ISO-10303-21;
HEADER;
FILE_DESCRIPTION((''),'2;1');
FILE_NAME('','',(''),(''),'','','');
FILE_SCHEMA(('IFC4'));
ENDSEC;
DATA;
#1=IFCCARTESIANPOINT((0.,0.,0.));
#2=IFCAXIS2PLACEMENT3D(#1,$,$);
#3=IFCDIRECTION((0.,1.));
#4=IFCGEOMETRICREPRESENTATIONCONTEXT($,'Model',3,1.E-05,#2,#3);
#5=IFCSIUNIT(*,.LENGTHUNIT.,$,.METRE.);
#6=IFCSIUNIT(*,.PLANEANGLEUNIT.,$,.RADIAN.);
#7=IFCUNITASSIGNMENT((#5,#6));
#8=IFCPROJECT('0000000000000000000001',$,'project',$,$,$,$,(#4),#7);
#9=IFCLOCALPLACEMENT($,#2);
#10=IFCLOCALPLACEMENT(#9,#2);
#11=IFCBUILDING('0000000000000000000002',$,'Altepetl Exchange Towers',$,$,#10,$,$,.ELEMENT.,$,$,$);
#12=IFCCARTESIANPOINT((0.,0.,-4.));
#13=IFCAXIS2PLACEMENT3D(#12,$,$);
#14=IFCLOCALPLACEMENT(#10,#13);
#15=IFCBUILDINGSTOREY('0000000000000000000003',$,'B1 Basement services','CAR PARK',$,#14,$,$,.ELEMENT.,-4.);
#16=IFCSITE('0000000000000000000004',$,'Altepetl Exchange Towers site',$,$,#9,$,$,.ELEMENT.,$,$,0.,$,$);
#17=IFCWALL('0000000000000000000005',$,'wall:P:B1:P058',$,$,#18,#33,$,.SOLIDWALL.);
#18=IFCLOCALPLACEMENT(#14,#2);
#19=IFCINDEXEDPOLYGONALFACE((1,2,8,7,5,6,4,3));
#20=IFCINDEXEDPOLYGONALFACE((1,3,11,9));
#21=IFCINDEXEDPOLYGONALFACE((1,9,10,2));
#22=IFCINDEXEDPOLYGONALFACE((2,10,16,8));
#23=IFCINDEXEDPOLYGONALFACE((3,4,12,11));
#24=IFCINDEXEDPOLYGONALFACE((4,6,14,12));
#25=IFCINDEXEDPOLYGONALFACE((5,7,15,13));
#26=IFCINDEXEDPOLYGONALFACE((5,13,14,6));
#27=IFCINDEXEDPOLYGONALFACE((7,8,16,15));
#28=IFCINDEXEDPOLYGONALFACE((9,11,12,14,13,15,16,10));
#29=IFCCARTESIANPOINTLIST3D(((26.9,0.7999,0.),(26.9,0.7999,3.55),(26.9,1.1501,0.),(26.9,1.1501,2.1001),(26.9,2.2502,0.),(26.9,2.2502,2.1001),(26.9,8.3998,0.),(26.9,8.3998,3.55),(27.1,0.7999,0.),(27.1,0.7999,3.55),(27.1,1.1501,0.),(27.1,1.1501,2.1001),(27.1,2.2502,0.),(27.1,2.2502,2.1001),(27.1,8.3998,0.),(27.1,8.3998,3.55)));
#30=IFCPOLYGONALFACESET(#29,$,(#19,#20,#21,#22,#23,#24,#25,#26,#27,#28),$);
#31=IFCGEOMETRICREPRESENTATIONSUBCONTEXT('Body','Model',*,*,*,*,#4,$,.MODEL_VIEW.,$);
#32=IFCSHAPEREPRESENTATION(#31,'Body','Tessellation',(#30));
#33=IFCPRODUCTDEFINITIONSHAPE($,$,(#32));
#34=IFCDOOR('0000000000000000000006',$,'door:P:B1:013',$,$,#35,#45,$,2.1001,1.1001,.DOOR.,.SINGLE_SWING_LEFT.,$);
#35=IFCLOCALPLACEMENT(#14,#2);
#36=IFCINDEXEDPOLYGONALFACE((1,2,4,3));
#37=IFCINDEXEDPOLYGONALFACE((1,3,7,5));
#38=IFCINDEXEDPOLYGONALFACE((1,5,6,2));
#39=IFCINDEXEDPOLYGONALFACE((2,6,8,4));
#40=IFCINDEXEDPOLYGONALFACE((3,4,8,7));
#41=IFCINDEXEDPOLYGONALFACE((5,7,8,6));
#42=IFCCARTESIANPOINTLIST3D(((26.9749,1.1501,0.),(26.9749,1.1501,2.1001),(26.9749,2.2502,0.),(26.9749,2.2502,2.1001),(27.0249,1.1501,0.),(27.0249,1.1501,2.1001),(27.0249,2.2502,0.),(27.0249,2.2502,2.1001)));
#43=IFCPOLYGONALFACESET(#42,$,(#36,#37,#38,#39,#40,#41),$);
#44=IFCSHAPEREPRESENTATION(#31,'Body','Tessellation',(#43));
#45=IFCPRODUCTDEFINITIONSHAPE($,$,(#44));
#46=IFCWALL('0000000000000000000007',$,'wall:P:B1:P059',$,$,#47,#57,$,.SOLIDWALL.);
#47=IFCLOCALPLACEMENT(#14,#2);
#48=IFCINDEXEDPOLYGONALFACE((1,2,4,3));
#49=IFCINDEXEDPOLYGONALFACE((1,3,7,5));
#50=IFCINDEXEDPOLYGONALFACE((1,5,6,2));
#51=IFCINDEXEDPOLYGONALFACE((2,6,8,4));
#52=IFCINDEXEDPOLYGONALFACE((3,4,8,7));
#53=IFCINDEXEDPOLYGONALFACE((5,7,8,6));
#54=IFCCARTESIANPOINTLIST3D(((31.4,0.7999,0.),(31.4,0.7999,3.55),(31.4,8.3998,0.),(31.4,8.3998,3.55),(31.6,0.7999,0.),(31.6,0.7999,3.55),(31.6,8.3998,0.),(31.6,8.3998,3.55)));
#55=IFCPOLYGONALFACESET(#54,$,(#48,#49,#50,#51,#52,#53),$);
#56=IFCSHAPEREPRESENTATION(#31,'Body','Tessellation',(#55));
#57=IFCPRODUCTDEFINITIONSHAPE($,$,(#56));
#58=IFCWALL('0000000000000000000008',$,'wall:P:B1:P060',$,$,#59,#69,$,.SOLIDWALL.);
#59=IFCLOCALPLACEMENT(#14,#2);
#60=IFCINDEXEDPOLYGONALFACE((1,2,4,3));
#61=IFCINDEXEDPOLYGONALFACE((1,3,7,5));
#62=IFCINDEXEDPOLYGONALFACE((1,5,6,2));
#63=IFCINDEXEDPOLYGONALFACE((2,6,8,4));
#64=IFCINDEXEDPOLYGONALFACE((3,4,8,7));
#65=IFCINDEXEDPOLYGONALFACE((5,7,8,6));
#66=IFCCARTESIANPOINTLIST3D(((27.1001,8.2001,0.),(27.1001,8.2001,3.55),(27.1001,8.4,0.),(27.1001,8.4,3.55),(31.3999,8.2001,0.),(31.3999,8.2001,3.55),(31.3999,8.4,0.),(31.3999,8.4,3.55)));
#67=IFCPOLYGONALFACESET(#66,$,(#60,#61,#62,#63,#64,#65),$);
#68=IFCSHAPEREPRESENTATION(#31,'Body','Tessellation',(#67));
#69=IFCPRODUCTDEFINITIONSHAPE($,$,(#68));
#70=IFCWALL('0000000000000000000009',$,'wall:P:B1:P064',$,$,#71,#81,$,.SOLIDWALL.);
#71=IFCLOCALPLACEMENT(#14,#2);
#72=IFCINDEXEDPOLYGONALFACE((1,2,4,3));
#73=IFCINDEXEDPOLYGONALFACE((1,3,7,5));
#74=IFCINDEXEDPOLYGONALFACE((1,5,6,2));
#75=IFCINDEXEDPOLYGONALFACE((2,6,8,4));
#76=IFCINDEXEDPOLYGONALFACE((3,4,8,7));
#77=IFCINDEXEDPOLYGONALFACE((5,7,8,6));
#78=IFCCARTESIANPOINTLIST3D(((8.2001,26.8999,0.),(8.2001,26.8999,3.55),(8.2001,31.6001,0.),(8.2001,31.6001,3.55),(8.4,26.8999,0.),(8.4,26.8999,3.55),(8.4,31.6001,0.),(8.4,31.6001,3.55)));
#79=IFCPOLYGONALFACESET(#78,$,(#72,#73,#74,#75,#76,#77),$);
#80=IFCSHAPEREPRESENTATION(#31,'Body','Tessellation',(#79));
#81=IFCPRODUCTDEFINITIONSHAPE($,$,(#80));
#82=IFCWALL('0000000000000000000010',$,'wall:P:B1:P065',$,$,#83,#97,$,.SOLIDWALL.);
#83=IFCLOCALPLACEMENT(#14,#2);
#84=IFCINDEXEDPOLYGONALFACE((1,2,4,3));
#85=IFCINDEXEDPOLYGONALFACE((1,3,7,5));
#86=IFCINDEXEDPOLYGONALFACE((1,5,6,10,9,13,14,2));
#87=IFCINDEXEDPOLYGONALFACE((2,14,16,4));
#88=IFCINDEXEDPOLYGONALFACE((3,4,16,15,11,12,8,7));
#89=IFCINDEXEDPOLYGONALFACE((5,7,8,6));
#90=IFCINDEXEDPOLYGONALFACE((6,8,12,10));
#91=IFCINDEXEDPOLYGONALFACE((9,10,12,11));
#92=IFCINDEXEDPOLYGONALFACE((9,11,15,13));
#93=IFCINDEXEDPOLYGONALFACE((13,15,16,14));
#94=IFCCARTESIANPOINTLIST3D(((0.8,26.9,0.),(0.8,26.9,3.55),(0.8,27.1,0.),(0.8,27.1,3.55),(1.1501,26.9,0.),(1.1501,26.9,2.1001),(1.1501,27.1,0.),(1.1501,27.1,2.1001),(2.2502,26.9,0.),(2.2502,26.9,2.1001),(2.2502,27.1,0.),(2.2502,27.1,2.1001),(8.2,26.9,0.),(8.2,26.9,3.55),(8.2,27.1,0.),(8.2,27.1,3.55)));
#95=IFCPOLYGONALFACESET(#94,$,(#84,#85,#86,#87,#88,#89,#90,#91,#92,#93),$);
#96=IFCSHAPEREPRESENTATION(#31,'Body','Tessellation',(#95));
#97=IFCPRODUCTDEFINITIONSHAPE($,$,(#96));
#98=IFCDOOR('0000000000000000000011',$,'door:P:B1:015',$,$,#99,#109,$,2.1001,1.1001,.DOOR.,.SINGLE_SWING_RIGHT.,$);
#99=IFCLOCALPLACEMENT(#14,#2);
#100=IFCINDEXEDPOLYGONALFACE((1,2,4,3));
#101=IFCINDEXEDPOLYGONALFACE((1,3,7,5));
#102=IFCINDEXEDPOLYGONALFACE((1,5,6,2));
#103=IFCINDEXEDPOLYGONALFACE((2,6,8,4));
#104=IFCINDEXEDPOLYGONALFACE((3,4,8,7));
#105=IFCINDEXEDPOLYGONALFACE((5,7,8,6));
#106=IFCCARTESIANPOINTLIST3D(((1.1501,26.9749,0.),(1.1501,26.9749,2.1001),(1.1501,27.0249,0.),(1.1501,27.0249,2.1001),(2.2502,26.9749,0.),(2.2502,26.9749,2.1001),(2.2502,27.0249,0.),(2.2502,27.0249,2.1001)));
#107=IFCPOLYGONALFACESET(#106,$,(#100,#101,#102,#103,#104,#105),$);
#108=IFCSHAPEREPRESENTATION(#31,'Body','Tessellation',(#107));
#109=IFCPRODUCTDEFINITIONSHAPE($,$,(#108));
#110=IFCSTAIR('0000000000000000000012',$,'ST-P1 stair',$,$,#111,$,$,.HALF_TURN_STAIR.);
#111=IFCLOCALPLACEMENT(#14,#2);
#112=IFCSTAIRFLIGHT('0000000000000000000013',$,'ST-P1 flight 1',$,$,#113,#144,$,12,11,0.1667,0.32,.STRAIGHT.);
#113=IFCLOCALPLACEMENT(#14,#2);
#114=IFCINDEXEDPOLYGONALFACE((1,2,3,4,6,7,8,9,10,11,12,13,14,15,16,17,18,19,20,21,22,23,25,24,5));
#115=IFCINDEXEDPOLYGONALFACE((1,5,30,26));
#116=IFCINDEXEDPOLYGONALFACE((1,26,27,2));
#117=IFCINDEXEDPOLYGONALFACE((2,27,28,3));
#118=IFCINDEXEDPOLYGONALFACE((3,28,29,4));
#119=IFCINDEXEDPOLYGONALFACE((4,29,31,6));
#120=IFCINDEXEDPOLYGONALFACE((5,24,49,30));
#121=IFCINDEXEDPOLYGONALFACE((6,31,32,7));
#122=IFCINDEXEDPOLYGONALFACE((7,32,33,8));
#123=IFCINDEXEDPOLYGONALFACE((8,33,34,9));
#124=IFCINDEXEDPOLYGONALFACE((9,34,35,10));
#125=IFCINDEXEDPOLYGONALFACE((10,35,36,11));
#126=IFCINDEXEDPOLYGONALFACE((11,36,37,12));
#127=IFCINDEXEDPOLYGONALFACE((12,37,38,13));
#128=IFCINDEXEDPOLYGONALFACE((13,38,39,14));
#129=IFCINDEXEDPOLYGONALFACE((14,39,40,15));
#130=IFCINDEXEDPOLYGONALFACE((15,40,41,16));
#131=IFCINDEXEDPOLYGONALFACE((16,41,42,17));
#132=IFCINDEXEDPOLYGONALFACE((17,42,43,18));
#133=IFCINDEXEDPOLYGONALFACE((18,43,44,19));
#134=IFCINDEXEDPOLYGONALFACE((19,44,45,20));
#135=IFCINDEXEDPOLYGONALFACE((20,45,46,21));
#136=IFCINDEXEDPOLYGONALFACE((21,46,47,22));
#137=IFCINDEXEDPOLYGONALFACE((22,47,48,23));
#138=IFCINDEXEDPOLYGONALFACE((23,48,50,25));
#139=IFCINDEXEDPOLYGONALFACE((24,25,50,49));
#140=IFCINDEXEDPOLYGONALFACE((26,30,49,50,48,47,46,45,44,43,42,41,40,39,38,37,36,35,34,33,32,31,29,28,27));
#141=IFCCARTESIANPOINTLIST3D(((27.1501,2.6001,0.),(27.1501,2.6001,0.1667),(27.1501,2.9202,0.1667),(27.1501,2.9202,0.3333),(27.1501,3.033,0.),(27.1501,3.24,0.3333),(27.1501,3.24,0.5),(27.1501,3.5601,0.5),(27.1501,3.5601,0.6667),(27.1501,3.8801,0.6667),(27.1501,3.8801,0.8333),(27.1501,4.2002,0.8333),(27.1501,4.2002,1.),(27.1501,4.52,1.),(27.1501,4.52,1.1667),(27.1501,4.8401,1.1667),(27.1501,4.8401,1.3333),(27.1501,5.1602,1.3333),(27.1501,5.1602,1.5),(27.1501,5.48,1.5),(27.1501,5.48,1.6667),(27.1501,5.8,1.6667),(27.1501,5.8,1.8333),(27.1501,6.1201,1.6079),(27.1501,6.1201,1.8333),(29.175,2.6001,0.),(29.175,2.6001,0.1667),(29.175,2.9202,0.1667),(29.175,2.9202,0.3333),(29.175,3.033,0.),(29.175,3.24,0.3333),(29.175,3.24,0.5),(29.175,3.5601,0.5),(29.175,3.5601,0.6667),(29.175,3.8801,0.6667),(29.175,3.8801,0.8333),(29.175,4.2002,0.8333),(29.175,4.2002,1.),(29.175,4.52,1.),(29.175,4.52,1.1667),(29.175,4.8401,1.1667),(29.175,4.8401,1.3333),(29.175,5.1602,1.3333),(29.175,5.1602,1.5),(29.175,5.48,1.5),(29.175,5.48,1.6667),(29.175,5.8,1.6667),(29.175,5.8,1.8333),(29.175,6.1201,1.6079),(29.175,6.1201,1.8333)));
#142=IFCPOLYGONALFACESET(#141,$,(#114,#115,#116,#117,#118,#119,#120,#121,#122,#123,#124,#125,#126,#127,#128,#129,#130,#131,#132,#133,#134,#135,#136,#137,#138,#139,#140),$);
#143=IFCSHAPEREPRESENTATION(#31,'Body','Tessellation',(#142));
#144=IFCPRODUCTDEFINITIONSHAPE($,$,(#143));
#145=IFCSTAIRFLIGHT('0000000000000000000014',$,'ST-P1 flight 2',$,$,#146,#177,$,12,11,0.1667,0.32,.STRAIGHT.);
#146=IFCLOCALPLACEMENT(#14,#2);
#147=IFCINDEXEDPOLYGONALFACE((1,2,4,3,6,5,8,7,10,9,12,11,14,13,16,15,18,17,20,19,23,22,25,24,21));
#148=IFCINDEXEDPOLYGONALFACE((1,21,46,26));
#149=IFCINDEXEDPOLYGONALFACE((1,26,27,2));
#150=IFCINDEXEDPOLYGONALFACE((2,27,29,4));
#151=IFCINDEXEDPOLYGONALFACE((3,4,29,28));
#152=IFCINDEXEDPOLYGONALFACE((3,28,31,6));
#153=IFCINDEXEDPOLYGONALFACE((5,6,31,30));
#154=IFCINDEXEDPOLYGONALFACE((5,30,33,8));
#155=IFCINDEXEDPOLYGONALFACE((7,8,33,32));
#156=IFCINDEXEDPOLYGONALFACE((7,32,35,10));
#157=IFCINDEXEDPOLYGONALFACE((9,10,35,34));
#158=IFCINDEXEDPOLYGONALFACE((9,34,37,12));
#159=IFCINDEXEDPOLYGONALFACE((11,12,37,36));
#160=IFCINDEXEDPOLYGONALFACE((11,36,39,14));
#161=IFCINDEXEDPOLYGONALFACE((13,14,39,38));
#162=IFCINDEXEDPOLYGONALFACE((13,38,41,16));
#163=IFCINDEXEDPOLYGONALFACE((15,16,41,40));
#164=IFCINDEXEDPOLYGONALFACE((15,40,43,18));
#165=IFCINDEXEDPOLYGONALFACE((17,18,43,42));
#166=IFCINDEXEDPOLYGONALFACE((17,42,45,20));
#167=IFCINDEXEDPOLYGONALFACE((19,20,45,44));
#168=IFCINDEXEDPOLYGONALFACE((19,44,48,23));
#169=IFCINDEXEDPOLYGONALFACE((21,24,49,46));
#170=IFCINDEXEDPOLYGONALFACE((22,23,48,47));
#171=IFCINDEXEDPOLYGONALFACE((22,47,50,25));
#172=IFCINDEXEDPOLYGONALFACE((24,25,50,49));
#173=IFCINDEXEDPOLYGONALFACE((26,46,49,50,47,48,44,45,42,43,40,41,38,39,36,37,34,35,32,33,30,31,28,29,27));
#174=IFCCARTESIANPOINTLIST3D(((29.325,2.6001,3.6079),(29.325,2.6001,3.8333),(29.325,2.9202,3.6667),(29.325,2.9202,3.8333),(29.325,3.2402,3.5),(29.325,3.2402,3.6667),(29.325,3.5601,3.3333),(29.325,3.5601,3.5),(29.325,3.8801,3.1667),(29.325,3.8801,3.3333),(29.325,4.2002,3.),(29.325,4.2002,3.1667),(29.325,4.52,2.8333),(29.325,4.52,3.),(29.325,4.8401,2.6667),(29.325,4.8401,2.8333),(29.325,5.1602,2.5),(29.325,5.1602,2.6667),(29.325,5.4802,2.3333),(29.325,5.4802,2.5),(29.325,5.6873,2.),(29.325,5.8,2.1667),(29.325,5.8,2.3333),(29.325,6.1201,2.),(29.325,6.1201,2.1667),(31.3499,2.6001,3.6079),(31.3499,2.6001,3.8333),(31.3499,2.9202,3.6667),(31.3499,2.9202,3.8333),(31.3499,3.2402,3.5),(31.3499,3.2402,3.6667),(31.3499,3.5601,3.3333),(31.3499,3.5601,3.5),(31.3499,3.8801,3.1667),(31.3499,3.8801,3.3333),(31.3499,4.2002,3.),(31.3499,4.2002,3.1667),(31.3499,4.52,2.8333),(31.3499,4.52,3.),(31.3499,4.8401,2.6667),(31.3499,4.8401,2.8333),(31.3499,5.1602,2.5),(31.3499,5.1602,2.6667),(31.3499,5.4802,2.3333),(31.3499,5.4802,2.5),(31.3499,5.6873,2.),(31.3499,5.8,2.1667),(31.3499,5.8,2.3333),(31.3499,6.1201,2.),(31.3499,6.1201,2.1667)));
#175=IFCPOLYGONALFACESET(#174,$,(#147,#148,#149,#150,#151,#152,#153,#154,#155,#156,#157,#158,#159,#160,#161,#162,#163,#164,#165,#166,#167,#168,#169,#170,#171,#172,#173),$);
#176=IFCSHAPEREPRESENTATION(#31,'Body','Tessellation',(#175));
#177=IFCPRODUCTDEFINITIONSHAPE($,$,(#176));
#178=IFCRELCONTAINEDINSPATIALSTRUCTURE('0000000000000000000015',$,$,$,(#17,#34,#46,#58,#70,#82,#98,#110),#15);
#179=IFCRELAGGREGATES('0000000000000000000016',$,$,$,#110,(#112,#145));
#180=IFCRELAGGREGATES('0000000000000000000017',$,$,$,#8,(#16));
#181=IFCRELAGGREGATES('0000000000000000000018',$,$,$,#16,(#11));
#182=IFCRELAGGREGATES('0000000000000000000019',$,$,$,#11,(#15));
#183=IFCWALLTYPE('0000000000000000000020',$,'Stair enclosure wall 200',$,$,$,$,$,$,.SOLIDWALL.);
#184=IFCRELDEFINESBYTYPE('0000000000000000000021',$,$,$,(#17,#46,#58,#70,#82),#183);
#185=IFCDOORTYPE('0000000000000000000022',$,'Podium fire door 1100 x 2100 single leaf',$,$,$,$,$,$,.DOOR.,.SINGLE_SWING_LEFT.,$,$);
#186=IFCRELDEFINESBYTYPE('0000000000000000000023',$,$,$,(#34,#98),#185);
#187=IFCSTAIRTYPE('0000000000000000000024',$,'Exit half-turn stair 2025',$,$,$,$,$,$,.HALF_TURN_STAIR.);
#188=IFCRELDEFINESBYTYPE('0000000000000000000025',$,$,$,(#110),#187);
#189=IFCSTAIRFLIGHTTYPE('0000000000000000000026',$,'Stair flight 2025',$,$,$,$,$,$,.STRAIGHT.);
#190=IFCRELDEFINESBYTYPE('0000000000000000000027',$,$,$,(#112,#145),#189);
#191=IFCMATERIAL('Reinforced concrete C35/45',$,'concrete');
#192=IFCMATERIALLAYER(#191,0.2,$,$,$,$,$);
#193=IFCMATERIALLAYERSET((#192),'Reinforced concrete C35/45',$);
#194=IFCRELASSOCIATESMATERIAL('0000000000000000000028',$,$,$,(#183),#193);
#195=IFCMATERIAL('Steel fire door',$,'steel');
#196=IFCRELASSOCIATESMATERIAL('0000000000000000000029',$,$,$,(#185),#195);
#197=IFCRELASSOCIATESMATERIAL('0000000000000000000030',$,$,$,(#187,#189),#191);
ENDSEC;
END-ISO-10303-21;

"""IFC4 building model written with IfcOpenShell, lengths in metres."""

from ifc_helpers import new_model, si_unit, direction, frame, frame_2d, origin, place, context, subcontext, project, spatial, polyline, rectangle, outline, extrude, material, layer, layer_set, type_object, element, fill, aggregate, save


model = new_model("IFC4")

# Units and contexts
model_context = context("Model", 3, precision=1e-05, world=origin(), true_north=direction((0.0, 1.0)))
body_context = subcontext(model_context, "Body", "Model", "MODEL_VIEW")
ifc_project = project(units=[si_unit("LENGTHUNIT", "METRE"), si_unit("PLANEANGLEUNIT", "RADIAN")], contexts=[model_context])

# Site, building, storey
site_placement = place(None, origin())
site = spatial("IfcSite", under=ifc_project, at=site_placement, Name="Altepetl Exchange Towers site", CompositionType="ELEMENT", RefElevation=0.0)
building_placement = place(site_placement, origin())
building = spatial("IfcBuilding", under=site, at=building_placement, Name="Altepetl Exchange Towers", CompositionType="ELEMENT")
storey_placement = place(building_placement, frame((0.0, 0.0, -4.0)))
storey = spatial("IfcBuildingStorey", under=building, at=storey_placement, Name="B1 Basement services", Description="CAR PARK", CompositionType="ELEMENT", Elevation=-4.0)

# Shared definitions
ifc_material_1 = material(Name="Reinforced concrete C35/45", Category="concrete")

# Shared definitions
ifc_material_2 = material(Name="Steel fire door", Category="steel")

# Wall, opening, door
ifc_layer_1 = layer(ifc_material_1, 0.2)
ifc_layer_set_1 = layer_set([ifc_layer_1], Name="Reinforced concrete C35/45")
wall_type_1 = type_object("IfcWallType", Name="Stair enclosure wall 200", PredefinedType="SOLIDWALL", material=ifc_layer_set_1)
wall_1_placement = place(storey_placement, frame((27.0, 0.8, 0.0), z_axis=(0.0, 0.0, 1.0), x_axis=(0.0, 1.0, 0.0)))
wall_1 = element("IfcWall", 1, at=wall_1_placement, inside=storey, type_object=wall_type_1, Name="wall:P:B1:P058", PredefinedType="SOLIDWALL", context=body_context, shape_type="SweptSolid", body=[
    extrude(rectangle(XDim=7.5999, YDim=0.2, at=frame_2d((3.7998, 0.0))), origin(), (0.0, 0.0, 1.0), 3.55),
])
opening_1_placement = place(wall_1_placement, frame((0.3501, 0.0, 0.0)))
opening_1 = element("IfcOpeningElement", 2, at=opening_1_placement, cuts=wall_1, PredefinedType="OPENING", context=body_context, shape_type="SweptSolid", body=[
    extrude(rectangle(XDim=1.1001, YDim=2.1001, at=frame_2d((0.55, 1.05))), frame((0.0, 0.1099, 0.0), z_axis=(0.0, -1.0, 0.0), x_axis=(1.0, 0.0, 0.0)), (0.0, 0.0, 1.0), 0.22),
])
door_type_1 = type_object("IfcDoorType", Name="Podium fire door 1100 x 2100 single leaf", OperationType="SINGLE_SWING_LEFT", PredefinedType="DOOR", material=ifc_material_2)
door_1_placement = place(opening_1_placement, frame((1.1001, 0.0, 0.0), x_axis=(-1.0, 0.0, 0.0)))
door_1 = element("IfcDoor", 3, at=door_1_placement, inside=storey, type_object=door_type_1, Name="door:P:B1:013", OperationType="SINGLE_SWING_LEFT", OverallHeight=2.1001, OverallWidth=1.1001, PredefinedType="DOOR", context=body_context, shape_type="SweptSolid", body=[
    extrude(rectangle(XDim=1.1001, YDim=2.1001, at=frame_2d((0.55, 1.05))), frame((0.0, 0.0249, 0.0), z_axis=(0.0, -1.0, 0.0), x_axis=(1.0, 0.0, 0.0)), (0.0, 0.0, 1.0), 0.05),
])
fill(opening_1, door_1)

# Walls
wall_2_placement = place(storey_placement, frame((31.5, 0.8, 0.0), z_axis=(0.0, 0.0, 1.0), x_axis=(0.0, 1.0, 0.0)))
element("IfcWall", 4, at=wall_2_placement, inside=storey, type_object=wall_type_1, Name="wall:P:B1:P059", PredefinedType="SOLIDWALL", context=body_context, shape_type="SweptSolid", body=[
    extrude(rectangle(XDim=7.5999, YDim=0.2, at=frame_2d((3.7998, 0.0))), origin(), (0.0, 0.0, 1.0), 3.55),
])
wall_3_placement = place(storey_placement, frame((27.1001, 8.3, 0.0)))
element("IfcWall", 5, at=wall_3_placement, inside=storey, type_object=wall_type_1, Name="wall:P:B1:P060", PredefinedType="SOLIDWALL", context=body_context, shape_type="SweptSolid", body=[
    extrude(rectangle(XDim=4.2998, YDim=0.2, at=frame_2d((2.1499, 0.0))), origin(), (0.0, 0.0, 1.0), 3.55),
])
wall_4_placement = place(storey_placement, frame((8.3, 26.8999, 0.0), z_axis=(0.0, 0.0, 1.0), x_axis=(0.0, 1.0, 0.0)))
element("IfcWall", 6, at=wall_4_placement, inside=storey, type_object=wall_type_1, Name="wall:P:B1:P064", PredefinedType="SOLIDWALL", context=body_context, shape_type="SweptSolid", body=[
    extrude(rectangle(XDim=4.7002, YDim=0.2, at=frame_2d((2.3501, 0.0))), origin(), (0.0, 0.0, 1.0), 3.55),
])

# Wall, opening, door
wall_5_placement = place(storey_placement, frame((0.8, 27.0, 0.0)))
wall_5 = element("IfcWall", 7, at=wall_5_placement, inside=storey, type_object=wall_type_1, Name="wall:P:B1:P065", PredefinedType="SOLIDWALL", context=body_context, shape_type="SweptSolid", body=[
    extrude(rectangle(XDim=7.3999, YDim=0.2, at=frame_2d((3.7, 0.0))), origin(), (0.0, 0.0, 1.0), 3.55),
])
opening_2_placement = place(wall_5_placement, frame((0.3501, 0.0, 0.0)))
opening_2 = element("IfcOpeningElement", 8, at=opening_2_placement, cuts=wall_5, PredefinedType="OPENING", context=body_context, shape_type="SweptSolid", body=[
    extrude(rectangle(XDim=1.1001, YDim=2.1001, at=frame_2d((0.55, 1.05))), frame((0.0, 0.1099, 0.0), z_axis=(0.0, -1.0, 0.0), x_axis=(1.0, 0.0, 0.0)), (0.0, 0.0, 1.0), 0.22),
])
door_2_placement = place(opening_2_placement, origin())
door_2 = element("IfcDoor", 9, at=door_2_placement, inside=storey, type_object=door_type_1, Name="door:P:B1:015", OperationType="SINGLE_SWING_RIGHT", OverallHeight=2.1001, OverallWidth=1.1001, PredefinedType="DOOR", context=body_context, shape_type="SweptSolid", body=[
    extrude(rectangle(XDim=1.1001, YDim=2.1001, at=frame_2d((0.55, 1.05))), frame((0.0, 0.0249, 0.0), z_axis=(0.0, -1.0, 0.0), x_axis=(1.0, 0.0, 0.0)), (0.0, 0.0, 1.0), 0.05),
])
fill(opening_2, door_2)

# Stair, stair flights
stair_type = type_object("IfcStairType", Name="Exit half-turn stair 2025", PredefinedType="HALF_TURN_STAIR", material=ifc_material_1)
stair_placement = place(storey_placement, origin())
stair = element("IfcStair", 10, at=stair_placement, inside=storey, type_object=stair_type, Name="ST-P1 stair", PredefinedType="HALF_TURN_STAIR")
stair_flight_type = type_object("IfcStairFlightType", Name="Stair flight 2025", PredefinedType="STRAIGHT", material=ifc_material_1)
stair_flight_1_placement = place(storey_placement, frame((28.1626, 2.6001, 0.0), z_axis=(0.0, 0.0, 1.0), x_axis=(0.0, 1.0, 0.0)))
stair_flight_1 = element("IfcStairFlight", 11, at=stair_flight_1_placement, type_object=stair_flight_type, Name="ST-P1 flight 1", NumberOfRisers=12, NumberOfTreads=11, PredefinedType="STRAIGHT", RiserHeight=0.1667, TreadLength=0.32, context=body_context, shape_type="SweptSolid", body=[
    extrude(outline(polyline([(0.0, 0.0), (0.0, 0.1667), (0.3201, 0.1667), (0.3201, 0.3333), (0.6399, 0.3333), (0.6399, 0.5), (0.96, 0.5), (0.96, 0.6667), (1.28, 0.6667), (1.28, 0.8333), (1.6001, 0.8333), (1.6001, 1.0), (1.9199, 1.0), (1.9199, 1.1667), (2.24, 1.1667), (2.24, 1.3333), (2.5601, 1.3333), (2.5601, 1.5), (2.8799, 1.5), (2.8799, 1.6667), (3.2, 1.6667), (3.2, 1.8333), (3.52, 1.8333), (3.52, 2.0), (3.52, 1.6079), (0.4329, 0.0), (0.0, 0.0)])), frame((0.0, 1.0125, 0.0), z_axis=(0.0, -1.0, 0.0), x_axis=(1.0, 0.0, 0.0)), (0.0, 0.0, 1.0), 2.0249),
])
stair_flight_2_placement = place(storey_placement, frame((30.3374, 6.1201, 2.0), z_axis=(0.0, 0.0, 1.0), x_axis=(0.0, -1.0, 0.0)))
stair_flight_2 = element("IfcStairFlight", 12, at=stair_flight_2_placement, type_object=stair_flight_type, Name="ST-P1 flight 2", NumberOfRisers=12, NumberOfTreads=11, PredefinedType="STRAIGHT", RiserHeight=0.1667, TreadLength=0.32, context=body_context, shape_type="SweptSolid", body=[
    extrude(outline(polyline([(0.0, 0.0), (0.0, 0.1667), (0.3201, 0.1667), (0.3201, 0.3333), (0.6399, 0.3333), (0.6399, 0.5), (0.96, 0.5), (0.96, 0.6667), (1.28, 0.6667), (1.28, 0.8333), (1.6001, 0.8333), (1.6001, 1.0), (1.9199, 1.0), (1.9199, 1.1667), (2.24, 1.1667), (2.24, 1.3333), (2.5601, 1.3333), (2.5601, 1.5), (2.8799, 1.5), (2.8799, 1.6667), (3.2, 1.6667), (3.2, 1.8333), (3.52, 1.8333), (3.52, 2.0), (3.52, 1.6079), (0.4329, 0.0), (0.0, 0.0)])), frame((0.0, 1.0125, 0.0), z_axis=(0.0, -1.0, 0.0), x_axis=(1.0, 0.0, 0.0)), (0.0, 0.0, 1.0), 2.0249),
])
aggregate(stair, [stair_flight_1, stair_flight_2])

save(model, "model.ifc")
